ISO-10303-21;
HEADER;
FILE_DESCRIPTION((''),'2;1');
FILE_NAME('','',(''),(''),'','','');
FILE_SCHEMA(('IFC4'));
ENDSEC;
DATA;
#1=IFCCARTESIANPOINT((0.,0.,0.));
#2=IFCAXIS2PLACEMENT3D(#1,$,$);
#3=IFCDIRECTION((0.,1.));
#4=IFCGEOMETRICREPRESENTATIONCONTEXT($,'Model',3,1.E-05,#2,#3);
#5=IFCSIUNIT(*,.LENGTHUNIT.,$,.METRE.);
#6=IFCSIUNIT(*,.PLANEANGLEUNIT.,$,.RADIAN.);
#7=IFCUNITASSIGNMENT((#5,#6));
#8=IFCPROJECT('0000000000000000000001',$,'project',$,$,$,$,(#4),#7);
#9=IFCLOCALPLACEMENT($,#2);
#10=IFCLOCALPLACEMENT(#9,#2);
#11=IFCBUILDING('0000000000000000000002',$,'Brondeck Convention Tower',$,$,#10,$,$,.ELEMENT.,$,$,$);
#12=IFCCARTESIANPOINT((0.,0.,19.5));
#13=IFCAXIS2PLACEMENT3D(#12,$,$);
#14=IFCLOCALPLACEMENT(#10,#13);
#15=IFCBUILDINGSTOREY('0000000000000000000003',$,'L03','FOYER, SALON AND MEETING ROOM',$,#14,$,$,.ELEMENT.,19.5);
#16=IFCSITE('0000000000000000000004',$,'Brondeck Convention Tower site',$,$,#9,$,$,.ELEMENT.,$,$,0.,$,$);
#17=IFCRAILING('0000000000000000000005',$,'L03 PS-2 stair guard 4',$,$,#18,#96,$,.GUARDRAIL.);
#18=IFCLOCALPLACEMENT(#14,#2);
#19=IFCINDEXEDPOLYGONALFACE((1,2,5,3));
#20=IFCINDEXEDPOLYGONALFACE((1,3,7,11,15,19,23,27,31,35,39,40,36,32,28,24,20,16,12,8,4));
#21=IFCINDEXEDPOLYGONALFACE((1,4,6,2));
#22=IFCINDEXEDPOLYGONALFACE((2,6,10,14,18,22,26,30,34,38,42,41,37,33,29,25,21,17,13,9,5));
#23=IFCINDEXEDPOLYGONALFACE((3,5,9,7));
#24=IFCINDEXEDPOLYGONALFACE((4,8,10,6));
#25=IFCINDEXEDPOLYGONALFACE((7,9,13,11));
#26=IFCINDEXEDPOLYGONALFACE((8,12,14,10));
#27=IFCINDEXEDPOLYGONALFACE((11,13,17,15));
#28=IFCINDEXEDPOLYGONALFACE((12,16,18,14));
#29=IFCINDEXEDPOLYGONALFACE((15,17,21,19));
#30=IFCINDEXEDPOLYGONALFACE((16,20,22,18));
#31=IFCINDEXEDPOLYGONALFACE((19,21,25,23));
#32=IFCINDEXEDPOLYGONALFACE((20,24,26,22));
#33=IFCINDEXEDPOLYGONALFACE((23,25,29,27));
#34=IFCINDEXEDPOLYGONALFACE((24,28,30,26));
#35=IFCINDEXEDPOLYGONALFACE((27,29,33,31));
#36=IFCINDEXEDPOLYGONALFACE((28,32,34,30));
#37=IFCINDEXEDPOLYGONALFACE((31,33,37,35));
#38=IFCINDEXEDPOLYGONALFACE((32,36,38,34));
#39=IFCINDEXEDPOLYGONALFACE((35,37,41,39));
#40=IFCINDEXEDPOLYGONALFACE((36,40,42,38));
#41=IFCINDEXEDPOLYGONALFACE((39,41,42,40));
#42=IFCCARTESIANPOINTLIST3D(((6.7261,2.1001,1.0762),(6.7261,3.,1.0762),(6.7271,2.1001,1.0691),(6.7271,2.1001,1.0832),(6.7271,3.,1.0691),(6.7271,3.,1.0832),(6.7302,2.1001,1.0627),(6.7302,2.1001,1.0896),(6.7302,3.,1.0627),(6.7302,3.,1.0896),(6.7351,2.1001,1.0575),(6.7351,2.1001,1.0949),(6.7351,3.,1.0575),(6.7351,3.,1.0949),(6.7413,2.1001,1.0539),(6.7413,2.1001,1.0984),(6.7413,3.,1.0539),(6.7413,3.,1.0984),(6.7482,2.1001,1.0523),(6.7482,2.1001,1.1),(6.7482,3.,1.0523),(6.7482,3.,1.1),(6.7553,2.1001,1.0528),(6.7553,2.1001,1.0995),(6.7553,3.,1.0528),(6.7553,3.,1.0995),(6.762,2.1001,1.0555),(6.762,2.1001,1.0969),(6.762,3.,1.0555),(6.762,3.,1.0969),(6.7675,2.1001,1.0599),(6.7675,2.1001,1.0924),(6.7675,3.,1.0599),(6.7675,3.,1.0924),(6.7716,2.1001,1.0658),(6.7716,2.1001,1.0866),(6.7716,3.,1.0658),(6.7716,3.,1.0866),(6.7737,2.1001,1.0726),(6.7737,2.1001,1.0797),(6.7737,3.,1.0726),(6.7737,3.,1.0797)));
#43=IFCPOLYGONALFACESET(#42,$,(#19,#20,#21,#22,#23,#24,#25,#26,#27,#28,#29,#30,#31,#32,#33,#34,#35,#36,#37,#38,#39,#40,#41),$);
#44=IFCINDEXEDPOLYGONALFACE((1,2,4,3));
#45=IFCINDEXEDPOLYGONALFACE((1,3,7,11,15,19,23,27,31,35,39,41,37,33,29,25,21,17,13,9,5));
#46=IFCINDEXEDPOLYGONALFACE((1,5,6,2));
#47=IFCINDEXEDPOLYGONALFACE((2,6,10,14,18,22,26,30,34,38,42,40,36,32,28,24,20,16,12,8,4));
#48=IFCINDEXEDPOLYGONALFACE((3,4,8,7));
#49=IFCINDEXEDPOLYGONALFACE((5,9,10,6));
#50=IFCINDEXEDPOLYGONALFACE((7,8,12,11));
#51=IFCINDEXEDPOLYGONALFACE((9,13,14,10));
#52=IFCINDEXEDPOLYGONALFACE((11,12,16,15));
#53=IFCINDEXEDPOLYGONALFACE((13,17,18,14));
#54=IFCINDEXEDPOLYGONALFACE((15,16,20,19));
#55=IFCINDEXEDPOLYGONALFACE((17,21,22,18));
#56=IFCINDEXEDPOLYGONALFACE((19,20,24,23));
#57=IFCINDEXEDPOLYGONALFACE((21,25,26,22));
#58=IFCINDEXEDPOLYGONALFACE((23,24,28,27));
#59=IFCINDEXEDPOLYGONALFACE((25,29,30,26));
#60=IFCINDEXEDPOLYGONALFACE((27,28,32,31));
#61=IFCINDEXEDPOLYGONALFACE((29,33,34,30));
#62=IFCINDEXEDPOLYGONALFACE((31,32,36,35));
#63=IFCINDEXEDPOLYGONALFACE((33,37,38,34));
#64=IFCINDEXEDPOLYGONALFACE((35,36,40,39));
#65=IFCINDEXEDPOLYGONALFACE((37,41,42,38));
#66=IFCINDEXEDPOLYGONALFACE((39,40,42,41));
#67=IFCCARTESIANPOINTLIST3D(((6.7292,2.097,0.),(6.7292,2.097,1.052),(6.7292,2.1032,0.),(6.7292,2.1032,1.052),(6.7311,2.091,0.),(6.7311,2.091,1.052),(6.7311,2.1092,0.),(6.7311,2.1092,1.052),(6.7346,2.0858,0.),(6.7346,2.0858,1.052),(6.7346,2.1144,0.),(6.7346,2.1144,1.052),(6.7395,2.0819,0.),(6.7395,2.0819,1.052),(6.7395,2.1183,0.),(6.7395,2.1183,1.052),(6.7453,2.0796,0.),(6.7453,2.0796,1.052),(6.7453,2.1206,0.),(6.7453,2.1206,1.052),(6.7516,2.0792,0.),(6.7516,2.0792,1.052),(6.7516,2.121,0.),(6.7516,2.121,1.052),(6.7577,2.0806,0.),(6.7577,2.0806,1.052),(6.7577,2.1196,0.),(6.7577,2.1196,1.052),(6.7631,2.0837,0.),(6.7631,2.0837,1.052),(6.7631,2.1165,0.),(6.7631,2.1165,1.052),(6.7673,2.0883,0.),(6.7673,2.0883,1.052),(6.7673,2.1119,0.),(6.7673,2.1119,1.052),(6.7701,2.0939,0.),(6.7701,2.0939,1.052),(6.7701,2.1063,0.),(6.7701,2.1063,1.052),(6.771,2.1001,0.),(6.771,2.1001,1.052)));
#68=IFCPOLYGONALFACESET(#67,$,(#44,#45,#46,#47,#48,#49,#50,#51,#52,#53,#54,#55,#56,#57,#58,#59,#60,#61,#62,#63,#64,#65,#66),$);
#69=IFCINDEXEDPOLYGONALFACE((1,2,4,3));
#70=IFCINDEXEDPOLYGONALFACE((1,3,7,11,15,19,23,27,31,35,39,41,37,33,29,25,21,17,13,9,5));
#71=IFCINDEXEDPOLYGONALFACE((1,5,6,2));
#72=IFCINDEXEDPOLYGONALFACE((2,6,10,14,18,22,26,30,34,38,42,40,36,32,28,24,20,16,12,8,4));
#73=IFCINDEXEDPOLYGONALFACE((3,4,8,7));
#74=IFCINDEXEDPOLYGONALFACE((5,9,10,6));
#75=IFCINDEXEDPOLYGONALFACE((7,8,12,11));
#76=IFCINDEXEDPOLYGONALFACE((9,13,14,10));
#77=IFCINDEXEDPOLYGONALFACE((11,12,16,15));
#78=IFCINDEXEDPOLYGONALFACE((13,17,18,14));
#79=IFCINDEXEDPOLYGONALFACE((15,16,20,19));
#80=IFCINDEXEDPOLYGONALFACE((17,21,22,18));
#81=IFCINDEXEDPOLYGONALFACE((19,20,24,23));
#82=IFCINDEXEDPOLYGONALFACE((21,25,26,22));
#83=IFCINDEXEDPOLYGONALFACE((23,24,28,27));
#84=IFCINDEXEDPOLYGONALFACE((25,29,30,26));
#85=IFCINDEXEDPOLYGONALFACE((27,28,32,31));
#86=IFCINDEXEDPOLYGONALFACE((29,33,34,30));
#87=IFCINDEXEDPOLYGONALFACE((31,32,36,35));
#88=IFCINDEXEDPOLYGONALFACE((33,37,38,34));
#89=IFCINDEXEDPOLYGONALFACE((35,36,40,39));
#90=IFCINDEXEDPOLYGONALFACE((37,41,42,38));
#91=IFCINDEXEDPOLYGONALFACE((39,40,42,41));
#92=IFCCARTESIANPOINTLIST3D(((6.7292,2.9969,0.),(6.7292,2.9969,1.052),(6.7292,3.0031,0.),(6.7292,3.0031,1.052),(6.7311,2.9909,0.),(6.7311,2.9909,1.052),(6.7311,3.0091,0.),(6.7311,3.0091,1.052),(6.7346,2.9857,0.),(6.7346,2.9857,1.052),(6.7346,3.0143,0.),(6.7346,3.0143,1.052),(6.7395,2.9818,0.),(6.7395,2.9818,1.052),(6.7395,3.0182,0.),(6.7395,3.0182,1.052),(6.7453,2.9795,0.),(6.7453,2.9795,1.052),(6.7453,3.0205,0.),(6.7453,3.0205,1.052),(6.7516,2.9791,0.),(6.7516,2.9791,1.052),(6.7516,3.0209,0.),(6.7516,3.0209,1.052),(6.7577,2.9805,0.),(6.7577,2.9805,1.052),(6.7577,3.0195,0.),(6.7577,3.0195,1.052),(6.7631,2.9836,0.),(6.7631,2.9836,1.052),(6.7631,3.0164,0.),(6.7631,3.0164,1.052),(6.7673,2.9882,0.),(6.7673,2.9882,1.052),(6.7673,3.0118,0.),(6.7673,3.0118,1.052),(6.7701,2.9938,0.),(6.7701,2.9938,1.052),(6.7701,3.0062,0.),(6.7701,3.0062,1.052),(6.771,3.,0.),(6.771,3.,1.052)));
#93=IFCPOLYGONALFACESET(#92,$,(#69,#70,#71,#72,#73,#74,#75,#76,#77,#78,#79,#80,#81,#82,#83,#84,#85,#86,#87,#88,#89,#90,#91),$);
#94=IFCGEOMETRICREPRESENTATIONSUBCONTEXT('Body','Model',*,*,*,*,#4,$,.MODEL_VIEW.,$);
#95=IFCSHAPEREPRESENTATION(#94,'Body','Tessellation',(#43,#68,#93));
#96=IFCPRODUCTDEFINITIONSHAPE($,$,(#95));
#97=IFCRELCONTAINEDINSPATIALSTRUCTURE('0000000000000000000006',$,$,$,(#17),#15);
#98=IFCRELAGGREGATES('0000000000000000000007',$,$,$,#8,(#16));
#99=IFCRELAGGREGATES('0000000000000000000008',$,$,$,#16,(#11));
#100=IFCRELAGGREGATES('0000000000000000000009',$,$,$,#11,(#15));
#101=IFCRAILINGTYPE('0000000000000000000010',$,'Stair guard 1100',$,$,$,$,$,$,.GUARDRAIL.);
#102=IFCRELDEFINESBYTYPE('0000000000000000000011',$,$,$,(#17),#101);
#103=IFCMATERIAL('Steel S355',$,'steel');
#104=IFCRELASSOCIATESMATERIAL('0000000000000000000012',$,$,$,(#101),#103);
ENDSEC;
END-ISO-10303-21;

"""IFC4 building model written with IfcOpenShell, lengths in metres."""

from ifc_helpers import new_model, si_unit, direction, frame, origin, origin_2d, place, context, subcontext, project, spatial, circle, extrude, material, type_object, element, save


model = new_model("IFC4")

# Units and contexts
model_context = context("Model", 3, precision=1e-05, world=origin(), true_north=direction((0.0, 1.0)))
body_context = subcontext(model_context, "Body", "Model", "MODEL_VIEW")
ifc_project = project(units=[si_unit("LENGTHUNIT", "METRE"), si_unit("PLANEANGLEUNIT", "RADIAN")], contexts=[model_context])

# Site, building, storey
site_placement = place(None, origin())
site = spatial("IfcSite", under=ifc_project, at=site_placement, Name="Brondeck Convention Tower site", CompositionType="ELEMENT", RefElevation=0.0)
building_placement = place(site_placement, origin())
building = spatial("IfcBuilding", under=site, at=building_placement, Name="Brondeck Convention Tower", CompositionType="ELEMENT")
storey_placement = place(building_placement, frame((0.0, 0.0, 19.5)))
storey = spatial("IfcBuildingStorey", under=building, at=storey_placement, Name="L03", Description="FOYER, SALON AND MEETING ROOM", CompositionType="ELEMENT", Elevation=19.5)

# Railing
ifc_material_1 = material(Name="Steel S355", Category="steel")
railing_type_1 = type_object("IfcRailingType", Name="Stair guard 1100", PredefinedType="GUARDRAIL", material=ifc_material_1)
railing_1_placement = place(storey_placement, frame((6.75, 2.1001, 0.0)))
element("IfcRailing", 1, at=railing_1_placement, inside=storey, type_object=railing_type_1, Name="L03 PS-2 stair guard 4", PredefinedType="GUARDRAIL", context=body_context, shape_type="SweptSolid", body=[
    extrude(circle(Radius=0.0239, at=origin_2d()), frame((0.0, 0.0, 1.0762), z_axis=(0.0, 1.0, 0.0), x_axis=(-1.0, 0.0, 0.0)), (0.0, 0.0, 1.0), 0.8999),
    extrude(circle(Radius=0.021, at=origin_2d()), origin(), (0.0, 0.0, 1.0), 1.052),
    extrude(circle(Radius=0.021, at=origin_2d()), frame((0.0, 0.8999, 0.0)), (0.0, 0.0, 1.0), 1.052),
])

save(model, "model.ifc")
